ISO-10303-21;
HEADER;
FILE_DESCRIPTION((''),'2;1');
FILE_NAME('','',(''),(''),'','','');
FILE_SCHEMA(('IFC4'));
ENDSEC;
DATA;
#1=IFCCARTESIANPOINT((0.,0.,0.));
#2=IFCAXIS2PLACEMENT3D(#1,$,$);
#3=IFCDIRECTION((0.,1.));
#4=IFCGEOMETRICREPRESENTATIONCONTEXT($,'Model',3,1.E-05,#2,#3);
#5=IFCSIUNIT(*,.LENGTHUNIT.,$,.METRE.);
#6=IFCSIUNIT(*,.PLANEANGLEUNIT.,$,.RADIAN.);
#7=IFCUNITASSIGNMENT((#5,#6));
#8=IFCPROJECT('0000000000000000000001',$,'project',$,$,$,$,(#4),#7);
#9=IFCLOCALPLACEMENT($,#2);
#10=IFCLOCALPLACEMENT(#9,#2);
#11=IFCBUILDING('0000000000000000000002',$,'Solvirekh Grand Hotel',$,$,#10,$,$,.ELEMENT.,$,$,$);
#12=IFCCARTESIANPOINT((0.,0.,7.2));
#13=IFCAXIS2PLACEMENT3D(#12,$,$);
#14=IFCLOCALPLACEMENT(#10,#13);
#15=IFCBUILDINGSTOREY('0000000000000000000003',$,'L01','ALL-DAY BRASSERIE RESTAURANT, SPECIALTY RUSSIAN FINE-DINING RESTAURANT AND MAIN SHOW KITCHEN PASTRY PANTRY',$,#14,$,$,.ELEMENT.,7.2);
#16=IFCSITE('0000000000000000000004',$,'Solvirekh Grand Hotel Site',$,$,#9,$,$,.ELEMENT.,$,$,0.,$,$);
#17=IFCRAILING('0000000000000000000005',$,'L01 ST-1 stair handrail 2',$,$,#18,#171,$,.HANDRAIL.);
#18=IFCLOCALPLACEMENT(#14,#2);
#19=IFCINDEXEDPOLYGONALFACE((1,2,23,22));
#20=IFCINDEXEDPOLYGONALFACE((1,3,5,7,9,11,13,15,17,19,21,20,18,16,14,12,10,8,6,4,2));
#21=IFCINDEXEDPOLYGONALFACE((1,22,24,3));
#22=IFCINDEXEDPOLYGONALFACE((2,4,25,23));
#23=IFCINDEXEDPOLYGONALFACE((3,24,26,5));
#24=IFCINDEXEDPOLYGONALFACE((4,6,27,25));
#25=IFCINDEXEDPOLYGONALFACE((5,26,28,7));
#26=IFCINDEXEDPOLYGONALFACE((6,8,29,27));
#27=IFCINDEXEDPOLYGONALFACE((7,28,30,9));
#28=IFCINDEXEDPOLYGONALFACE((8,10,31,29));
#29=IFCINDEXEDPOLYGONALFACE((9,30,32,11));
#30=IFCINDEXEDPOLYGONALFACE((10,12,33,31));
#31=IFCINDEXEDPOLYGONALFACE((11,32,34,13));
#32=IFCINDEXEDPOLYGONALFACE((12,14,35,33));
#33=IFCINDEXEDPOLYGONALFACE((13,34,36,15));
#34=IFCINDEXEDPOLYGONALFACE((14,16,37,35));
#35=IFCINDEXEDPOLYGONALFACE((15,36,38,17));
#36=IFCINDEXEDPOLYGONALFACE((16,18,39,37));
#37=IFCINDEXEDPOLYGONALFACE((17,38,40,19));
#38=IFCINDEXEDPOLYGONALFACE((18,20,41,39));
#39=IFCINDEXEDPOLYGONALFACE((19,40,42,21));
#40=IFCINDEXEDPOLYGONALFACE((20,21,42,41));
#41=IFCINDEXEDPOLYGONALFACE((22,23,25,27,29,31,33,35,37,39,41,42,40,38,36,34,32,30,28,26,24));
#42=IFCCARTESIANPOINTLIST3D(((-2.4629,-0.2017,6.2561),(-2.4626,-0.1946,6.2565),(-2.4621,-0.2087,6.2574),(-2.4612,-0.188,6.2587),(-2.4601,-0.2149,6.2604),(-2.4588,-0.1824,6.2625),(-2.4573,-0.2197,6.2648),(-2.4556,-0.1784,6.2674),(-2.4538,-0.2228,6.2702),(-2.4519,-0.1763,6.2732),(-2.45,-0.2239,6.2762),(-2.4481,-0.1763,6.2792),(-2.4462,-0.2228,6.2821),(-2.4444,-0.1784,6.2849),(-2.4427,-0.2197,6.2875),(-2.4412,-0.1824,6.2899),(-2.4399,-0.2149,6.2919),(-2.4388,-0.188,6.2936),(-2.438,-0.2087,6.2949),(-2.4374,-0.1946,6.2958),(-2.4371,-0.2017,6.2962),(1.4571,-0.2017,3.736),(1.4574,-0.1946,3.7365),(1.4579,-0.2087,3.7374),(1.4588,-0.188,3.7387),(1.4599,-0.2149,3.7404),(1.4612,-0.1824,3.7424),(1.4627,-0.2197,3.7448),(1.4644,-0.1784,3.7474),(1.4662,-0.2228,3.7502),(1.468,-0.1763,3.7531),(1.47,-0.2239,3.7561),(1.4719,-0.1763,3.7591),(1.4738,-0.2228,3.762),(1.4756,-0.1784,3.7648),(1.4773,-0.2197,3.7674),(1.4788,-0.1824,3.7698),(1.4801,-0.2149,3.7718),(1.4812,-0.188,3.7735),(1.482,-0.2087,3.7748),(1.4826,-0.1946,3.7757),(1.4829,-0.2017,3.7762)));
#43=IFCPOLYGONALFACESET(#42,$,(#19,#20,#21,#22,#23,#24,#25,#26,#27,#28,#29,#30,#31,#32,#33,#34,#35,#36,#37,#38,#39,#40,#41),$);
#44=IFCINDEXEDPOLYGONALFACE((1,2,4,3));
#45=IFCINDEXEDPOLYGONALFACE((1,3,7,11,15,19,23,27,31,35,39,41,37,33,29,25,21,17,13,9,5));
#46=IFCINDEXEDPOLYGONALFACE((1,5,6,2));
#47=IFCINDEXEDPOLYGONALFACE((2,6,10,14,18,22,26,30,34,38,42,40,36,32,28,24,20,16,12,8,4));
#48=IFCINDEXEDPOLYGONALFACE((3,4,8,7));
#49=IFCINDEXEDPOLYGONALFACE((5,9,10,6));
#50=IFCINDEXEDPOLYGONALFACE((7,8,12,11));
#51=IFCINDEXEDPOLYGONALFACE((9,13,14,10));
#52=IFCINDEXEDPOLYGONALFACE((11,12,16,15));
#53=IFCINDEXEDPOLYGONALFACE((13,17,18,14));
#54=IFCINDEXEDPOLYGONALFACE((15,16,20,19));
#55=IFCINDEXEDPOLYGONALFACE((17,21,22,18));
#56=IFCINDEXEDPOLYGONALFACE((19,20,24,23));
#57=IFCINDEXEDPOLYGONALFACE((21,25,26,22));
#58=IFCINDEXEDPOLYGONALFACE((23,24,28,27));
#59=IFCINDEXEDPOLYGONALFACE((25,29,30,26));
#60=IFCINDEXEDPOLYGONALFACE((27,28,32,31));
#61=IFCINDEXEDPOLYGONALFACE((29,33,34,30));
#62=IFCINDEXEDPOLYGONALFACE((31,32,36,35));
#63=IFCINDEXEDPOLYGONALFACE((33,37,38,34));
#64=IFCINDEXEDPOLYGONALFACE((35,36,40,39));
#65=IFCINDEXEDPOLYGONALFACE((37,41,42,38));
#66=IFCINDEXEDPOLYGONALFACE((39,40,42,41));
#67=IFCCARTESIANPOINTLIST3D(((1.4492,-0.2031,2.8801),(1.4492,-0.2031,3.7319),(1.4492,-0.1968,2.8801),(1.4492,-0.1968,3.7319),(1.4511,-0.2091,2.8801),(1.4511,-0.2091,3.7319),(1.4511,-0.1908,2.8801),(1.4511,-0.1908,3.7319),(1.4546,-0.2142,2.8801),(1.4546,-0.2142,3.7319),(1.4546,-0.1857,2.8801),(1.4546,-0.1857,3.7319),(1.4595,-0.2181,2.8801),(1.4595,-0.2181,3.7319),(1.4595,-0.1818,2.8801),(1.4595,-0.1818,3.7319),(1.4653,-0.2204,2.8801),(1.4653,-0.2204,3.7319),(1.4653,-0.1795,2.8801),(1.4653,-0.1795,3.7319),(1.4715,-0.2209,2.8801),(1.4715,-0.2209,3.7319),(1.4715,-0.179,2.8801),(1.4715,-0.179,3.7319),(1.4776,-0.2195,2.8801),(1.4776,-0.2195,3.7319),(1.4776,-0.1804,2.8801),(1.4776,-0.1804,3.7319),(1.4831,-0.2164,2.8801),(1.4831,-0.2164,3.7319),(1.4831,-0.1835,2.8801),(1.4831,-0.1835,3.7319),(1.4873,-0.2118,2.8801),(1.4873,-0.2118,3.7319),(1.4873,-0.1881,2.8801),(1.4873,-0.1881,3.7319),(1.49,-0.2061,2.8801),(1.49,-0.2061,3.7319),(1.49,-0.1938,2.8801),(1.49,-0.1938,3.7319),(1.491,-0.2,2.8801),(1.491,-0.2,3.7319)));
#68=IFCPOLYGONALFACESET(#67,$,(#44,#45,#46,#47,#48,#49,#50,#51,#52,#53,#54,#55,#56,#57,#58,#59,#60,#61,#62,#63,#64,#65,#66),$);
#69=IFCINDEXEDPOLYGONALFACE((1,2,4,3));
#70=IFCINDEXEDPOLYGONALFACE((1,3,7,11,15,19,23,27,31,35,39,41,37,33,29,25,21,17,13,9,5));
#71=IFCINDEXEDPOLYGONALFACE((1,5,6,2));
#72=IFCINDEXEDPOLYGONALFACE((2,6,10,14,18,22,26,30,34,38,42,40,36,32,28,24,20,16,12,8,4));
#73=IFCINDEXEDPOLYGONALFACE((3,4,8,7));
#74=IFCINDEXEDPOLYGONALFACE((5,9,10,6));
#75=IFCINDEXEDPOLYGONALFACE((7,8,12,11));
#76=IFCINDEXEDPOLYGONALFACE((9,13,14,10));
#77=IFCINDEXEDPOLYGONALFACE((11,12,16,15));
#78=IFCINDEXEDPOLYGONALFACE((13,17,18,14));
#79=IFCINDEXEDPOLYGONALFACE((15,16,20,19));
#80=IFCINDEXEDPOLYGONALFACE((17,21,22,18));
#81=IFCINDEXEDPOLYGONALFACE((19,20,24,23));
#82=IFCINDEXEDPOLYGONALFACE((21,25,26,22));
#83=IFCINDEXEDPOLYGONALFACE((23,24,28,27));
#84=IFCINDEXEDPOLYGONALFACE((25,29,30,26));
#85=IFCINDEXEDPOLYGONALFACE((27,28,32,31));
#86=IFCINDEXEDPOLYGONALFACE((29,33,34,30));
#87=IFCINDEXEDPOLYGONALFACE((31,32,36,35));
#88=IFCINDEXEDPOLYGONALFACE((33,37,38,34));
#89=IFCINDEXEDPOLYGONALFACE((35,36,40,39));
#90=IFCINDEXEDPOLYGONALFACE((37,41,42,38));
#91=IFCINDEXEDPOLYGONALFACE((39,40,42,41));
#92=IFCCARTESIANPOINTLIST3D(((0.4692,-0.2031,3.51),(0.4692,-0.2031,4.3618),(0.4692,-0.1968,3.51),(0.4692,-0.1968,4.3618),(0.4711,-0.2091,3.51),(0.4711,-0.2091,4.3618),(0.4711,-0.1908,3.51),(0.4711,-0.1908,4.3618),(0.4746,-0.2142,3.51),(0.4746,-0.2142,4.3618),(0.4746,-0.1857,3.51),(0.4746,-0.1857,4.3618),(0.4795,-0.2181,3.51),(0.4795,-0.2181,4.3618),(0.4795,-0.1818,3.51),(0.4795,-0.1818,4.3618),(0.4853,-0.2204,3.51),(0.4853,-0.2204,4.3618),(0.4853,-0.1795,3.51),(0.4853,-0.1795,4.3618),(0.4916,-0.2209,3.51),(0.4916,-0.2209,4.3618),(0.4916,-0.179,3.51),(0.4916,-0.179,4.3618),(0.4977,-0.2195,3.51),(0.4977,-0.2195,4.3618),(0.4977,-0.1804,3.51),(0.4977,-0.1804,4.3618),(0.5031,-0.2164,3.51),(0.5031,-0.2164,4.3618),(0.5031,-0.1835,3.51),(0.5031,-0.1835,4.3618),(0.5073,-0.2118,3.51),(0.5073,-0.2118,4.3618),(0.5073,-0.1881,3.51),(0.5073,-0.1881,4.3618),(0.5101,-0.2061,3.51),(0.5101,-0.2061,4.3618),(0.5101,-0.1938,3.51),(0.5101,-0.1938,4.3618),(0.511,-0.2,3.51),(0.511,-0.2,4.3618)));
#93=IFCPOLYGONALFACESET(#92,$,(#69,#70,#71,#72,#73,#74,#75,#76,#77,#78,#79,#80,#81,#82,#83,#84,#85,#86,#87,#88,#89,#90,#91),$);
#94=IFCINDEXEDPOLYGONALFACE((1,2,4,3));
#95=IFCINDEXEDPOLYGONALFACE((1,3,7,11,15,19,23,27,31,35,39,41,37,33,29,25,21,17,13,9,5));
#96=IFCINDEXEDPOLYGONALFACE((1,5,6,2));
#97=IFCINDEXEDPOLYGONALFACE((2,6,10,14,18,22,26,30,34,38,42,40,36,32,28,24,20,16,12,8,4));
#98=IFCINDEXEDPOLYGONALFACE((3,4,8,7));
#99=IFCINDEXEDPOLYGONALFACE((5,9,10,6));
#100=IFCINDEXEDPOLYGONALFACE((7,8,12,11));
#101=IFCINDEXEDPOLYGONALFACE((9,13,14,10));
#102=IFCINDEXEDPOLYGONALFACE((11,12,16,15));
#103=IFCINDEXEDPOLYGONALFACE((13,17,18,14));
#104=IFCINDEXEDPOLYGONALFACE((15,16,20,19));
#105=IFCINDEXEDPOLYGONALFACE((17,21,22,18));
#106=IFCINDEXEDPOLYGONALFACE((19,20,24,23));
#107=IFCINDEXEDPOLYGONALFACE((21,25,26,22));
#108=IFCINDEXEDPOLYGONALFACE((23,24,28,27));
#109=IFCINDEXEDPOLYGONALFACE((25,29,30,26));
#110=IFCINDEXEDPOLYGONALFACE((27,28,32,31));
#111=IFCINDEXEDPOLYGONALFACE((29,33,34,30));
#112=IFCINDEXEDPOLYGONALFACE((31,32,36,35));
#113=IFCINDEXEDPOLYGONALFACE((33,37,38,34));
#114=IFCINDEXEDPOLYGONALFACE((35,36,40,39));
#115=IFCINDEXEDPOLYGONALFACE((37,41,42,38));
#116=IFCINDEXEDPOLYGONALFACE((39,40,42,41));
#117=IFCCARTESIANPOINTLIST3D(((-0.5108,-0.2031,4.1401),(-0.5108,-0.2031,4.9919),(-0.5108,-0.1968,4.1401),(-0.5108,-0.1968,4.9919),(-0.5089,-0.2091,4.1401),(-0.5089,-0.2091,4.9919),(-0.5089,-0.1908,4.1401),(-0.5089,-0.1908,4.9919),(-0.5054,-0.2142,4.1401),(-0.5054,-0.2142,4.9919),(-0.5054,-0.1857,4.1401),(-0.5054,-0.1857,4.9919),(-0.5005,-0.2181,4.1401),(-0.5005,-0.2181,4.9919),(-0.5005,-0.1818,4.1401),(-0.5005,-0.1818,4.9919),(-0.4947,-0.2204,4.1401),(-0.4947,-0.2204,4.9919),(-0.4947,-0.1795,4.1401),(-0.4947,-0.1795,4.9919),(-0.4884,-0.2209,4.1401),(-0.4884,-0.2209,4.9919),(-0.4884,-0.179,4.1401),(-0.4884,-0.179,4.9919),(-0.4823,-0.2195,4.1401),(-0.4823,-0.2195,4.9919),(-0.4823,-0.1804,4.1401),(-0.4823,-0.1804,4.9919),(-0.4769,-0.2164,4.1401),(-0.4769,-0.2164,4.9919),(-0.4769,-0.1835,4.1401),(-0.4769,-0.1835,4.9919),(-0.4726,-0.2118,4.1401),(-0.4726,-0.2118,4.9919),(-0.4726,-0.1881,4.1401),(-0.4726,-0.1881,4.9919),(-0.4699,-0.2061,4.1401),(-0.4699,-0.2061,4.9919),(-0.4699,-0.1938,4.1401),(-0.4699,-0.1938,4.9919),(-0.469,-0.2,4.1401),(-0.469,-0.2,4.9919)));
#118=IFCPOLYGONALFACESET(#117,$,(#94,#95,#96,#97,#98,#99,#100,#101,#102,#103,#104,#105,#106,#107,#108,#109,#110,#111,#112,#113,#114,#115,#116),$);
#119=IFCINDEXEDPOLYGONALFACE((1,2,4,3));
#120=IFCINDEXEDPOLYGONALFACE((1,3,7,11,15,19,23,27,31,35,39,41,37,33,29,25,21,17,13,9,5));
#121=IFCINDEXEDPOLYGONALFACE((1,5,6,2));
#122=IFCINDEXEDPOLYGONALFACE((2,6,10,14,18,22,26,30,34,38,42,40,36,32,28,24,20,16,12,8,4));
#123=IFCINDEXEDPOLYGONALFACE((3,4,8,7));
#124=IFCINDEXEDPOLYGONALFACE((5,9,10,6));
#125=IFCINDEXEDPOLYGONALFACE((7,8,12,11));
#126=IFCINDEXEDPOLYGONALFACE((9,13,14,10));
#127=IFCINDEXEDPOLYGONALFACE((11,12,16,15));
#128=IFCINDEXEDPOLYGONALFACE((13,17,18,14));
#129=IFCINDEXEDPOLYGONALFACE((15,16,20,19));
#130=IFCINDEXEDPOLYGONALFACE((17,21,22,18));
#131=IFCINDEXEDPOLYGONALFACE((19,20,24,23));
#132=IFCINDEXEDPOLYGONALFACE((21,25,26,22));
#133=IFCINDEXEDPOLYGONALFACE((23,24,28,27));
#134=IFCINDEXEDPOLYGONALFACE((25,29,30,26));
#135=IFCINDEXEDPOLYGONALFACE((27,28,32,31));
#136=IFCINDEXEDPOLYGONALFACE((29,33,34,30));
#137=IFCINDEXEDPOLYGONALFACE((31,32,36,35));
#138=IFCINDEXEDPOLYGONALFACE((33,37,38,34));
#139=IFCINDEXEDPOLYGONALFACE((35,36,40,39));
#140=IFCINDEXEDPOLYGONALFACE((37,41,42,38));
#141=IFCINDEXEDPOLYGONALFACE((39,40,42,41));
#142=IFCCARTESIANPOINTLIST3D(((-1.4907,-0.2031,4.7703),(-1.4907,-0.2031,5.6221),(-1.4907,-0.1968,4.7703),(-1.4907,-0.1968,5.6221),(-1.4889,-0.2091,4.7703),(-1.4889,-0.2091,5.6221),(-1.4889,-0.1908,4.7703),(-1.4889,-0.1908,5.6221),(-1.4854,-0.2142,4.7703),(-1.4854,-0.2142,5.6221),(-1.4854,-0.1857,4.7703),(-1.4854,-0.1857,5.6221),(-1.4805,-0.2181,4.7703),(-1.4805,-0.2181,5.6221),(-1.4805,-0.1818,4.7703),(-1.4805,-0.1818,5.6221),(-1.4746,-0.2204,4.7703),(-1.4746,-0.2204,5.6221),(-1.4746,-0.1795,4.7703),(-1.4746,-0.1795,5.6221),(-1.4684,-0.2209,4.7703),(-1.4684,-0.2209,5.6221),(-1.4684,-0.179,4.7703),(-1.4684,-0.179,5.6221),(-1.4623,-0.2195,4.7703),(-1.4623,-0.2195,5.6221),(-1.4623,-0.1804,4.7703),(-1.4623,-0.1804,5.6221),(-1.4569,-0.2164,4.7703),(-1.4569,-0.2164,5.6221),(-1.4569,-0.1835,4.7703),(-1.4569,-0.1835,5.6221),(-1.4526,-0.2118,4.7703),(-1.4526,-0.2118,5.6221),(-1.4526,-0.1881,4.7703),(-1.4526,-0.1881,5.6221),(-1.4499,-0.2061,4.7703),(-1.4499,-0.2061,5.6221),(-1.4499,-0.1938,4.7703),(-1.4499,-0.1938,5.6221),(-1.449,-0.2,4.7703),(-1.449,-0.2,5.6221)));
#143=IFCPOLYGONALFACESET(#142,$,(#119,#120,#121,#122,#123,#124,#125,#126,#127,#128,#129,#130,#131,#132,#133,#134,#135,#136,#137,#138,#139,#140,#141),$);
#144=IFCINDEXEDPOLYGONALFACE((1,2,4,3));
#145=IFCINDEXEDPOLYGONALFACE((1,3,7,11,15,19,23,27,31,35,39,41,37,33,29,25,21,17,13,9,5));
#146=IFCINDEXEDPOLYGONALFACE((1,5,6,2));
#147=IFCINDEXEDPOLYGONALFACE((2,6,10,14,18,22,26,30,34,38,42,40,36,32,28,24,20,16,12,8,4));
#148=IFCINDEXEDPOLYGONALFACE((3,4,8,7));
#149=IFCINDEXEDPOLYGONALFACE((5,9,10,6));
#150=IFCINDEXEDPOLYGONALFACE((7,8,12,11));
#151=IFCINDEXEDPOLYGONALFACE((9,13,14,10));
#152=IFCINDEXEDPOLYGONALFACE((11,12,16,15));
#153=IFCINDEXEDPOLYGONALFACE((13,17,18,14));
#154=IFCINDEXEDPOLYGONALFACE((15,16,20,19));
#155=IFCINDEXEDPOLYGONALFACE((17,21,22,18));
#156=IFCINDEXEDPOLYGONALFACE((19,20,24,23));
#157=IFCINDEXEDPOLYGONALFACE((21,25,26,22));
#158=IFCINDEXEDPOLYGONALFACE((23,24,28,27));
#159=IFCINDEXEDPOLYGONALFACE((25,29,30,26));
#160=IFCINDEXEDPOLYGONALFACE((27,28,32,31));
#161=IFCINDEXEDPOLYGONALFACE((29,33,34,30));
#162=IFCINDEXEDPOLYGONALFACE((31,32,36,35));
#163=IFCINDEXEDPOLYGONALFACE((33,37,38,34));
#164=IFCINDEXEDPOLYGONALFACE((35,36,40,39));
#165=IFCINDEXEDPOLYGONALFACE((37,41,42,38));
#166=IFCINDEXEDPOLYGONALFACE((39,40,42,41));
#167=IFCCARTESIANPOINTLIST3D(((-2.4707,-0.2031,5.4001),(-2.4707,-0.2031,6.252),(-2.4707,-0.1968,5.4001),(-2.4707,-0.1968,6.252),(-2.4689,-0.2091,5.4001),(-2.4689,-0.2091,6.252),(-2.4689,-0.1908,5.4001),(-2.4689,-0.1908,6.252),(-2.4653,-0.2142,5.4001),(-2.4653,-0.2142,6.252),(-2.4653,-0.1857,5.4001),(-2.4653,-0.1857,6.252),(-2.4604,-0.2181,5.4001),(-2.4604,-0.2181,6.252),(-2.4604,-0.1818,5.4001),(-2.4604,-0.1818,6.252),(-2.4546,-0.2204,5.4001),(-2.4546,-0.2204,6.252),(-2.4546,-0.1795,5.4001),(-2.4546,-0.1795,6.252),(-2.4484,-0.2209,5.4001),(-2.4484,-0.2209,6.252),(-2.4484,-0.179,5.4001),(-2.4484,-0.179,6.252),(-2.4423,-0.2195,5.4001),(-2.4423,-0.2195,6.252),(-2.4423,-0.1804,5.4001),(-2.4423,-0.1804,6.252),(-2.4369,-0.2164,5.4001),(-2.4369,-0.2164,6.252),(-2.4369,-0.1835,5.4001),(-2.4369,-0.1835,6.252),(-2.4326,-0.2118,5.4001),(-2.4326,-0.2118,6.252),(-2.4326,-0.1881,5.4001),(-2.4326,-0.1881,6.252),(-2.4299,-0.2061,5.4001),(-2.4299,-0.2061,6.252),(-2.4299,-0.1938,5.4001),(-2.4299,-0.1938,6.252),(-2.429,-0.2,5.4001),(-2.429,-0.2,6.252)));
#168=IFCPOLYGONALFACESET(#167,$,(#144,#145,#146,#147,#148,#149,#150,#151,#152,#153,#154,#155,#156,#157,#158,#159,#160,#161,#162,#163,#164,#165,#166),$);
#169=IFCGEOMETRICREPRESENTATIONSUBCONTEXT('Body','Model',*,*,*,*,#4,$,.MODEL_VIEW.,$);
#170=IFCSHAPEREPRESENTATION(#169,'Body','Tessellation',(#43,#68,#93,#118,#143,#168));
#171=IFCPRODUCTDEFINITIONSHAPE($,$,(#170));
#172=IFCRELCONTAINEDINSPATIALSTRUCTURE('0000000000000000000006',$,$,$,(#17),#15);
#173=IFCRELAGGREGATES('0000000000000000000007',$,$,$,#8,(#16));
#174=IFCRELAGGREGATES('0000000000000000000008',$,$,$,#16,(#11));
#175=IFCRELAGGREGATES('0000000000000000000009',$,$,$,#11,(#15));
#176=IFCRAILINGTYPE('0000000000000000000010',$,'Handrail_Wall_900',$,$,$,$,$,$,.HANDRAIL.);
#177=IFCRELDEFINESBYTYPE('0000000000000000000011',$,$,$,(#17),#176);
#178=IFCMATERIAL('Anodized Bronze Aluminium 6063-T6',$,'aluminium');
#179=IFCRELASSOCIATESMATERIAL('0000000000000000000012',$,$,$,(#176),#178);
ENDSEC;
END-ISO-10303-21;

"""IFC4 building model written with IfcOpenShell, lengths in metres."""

from ifc_helpers import new_model, si_unit, direction, frame, origin, origin_2d, place, context, subcontext, project, spatial, circle, extrude, material, type_object, element, save


model = new_model("IFC4")

# Units and contexts
model_context = context("Model", 3, precision=1e-05, world=origin(), true_north=direction((0.0, 1.0)))
body_context = subcontext(model_context, "Body", "Model", "MODEL_VIEW")
ifc_project = project(units=[si_unit("LENGTHUNIT", "METRE"), si_unit("PLANEANGLEUNIT", "RADIAN")], contexts=[model_context])

# Site, building, storey
site_placement = place(None, origin())
site = spatial("IfcSite", under=ifc_project, at=site_placement, Name="Solvirekh Grand Hotel Site", CompositionType="ELEMENT", RefElevation=0.0)
building_placement = place(site_placement, origin())
building = spatial("IfcBuilding", under=site, at=building_placement, Name="Solvirekh Grand Hotel", CompositionType="ELEMENT")
storey_placement = place(building_placement, frame((0.0, 0.0, 7.2)))
storey = spatial("IfcBuildingStorey", under=building, at=storey_placement, Name="L01", Description="ALL-DAY BRASSERIE RESTAURANT, SPECIALTY RUSSIAN FINE-DINING RESTAURANT AND MAIN SHOW KITCHEN PASTRY PANTRY", CompositionType="ELEMENT", Elevation=7.2)

# Railing
ifc_material_1 = material(Name="Anodized Bronze Aluminium 6063-T6", Category="aluminium")
railing_type_1 = type_object("IfcRailingType", Name="Handrail_Wall_900", PredefinedType="HANDRAIL", material=ifc_material_1)
railing_1_placement = place(storey_placement, frame((1.47, -0.2, 2.8801)))
element("IfcRailing", 1, at=railing_1_placement, inside=storey, type_object=railing_type_1, Name="L01 ST-1 stair handrail 2", PredefinedType="HANDRAIL", context=body_context, shape_type="SweptSolid", body=[
    extrude(circle(Radius=0.0239, at=origin_2d()), frame((0.0, 0.0, 0.876), z_axis=(-0.841172, 0.0, 0.540768), x_axis=(0.0, -1.0, 0.0)), (0.0, 0.0, 1.0), 4.6602),
    extrude(circle(Radius=0.021, at=origin_2d()), origin(), (0.0, 0.0, 1.0), 0.8518),
    extrude(circle(Radius=0.021, at=origin_2d()), frame((-0.98, 0.0, 0.6299)), (0.0, 0.0, 1.0), 0.8518),
    extrude(circle(Radius=0.021, at=origin_2d()), frame((-1.96, 0.0, 1.26)), (0.0, 0.0, 1.0), 0.8518),
    extrude(circle(Radius=0.021, at=origin_2d()), frame((-2.9399, 0.0, 1.8901)), (0.0, 0.0, 1.0), 0.8518),
    extrude(circle(Radius=0.021, at=origin_2d()), frame((-3.9199, 0.0, 2.52)), (0.0, 0.0, 1.0), 0.8518),
])

save(model, "model.ifc")
